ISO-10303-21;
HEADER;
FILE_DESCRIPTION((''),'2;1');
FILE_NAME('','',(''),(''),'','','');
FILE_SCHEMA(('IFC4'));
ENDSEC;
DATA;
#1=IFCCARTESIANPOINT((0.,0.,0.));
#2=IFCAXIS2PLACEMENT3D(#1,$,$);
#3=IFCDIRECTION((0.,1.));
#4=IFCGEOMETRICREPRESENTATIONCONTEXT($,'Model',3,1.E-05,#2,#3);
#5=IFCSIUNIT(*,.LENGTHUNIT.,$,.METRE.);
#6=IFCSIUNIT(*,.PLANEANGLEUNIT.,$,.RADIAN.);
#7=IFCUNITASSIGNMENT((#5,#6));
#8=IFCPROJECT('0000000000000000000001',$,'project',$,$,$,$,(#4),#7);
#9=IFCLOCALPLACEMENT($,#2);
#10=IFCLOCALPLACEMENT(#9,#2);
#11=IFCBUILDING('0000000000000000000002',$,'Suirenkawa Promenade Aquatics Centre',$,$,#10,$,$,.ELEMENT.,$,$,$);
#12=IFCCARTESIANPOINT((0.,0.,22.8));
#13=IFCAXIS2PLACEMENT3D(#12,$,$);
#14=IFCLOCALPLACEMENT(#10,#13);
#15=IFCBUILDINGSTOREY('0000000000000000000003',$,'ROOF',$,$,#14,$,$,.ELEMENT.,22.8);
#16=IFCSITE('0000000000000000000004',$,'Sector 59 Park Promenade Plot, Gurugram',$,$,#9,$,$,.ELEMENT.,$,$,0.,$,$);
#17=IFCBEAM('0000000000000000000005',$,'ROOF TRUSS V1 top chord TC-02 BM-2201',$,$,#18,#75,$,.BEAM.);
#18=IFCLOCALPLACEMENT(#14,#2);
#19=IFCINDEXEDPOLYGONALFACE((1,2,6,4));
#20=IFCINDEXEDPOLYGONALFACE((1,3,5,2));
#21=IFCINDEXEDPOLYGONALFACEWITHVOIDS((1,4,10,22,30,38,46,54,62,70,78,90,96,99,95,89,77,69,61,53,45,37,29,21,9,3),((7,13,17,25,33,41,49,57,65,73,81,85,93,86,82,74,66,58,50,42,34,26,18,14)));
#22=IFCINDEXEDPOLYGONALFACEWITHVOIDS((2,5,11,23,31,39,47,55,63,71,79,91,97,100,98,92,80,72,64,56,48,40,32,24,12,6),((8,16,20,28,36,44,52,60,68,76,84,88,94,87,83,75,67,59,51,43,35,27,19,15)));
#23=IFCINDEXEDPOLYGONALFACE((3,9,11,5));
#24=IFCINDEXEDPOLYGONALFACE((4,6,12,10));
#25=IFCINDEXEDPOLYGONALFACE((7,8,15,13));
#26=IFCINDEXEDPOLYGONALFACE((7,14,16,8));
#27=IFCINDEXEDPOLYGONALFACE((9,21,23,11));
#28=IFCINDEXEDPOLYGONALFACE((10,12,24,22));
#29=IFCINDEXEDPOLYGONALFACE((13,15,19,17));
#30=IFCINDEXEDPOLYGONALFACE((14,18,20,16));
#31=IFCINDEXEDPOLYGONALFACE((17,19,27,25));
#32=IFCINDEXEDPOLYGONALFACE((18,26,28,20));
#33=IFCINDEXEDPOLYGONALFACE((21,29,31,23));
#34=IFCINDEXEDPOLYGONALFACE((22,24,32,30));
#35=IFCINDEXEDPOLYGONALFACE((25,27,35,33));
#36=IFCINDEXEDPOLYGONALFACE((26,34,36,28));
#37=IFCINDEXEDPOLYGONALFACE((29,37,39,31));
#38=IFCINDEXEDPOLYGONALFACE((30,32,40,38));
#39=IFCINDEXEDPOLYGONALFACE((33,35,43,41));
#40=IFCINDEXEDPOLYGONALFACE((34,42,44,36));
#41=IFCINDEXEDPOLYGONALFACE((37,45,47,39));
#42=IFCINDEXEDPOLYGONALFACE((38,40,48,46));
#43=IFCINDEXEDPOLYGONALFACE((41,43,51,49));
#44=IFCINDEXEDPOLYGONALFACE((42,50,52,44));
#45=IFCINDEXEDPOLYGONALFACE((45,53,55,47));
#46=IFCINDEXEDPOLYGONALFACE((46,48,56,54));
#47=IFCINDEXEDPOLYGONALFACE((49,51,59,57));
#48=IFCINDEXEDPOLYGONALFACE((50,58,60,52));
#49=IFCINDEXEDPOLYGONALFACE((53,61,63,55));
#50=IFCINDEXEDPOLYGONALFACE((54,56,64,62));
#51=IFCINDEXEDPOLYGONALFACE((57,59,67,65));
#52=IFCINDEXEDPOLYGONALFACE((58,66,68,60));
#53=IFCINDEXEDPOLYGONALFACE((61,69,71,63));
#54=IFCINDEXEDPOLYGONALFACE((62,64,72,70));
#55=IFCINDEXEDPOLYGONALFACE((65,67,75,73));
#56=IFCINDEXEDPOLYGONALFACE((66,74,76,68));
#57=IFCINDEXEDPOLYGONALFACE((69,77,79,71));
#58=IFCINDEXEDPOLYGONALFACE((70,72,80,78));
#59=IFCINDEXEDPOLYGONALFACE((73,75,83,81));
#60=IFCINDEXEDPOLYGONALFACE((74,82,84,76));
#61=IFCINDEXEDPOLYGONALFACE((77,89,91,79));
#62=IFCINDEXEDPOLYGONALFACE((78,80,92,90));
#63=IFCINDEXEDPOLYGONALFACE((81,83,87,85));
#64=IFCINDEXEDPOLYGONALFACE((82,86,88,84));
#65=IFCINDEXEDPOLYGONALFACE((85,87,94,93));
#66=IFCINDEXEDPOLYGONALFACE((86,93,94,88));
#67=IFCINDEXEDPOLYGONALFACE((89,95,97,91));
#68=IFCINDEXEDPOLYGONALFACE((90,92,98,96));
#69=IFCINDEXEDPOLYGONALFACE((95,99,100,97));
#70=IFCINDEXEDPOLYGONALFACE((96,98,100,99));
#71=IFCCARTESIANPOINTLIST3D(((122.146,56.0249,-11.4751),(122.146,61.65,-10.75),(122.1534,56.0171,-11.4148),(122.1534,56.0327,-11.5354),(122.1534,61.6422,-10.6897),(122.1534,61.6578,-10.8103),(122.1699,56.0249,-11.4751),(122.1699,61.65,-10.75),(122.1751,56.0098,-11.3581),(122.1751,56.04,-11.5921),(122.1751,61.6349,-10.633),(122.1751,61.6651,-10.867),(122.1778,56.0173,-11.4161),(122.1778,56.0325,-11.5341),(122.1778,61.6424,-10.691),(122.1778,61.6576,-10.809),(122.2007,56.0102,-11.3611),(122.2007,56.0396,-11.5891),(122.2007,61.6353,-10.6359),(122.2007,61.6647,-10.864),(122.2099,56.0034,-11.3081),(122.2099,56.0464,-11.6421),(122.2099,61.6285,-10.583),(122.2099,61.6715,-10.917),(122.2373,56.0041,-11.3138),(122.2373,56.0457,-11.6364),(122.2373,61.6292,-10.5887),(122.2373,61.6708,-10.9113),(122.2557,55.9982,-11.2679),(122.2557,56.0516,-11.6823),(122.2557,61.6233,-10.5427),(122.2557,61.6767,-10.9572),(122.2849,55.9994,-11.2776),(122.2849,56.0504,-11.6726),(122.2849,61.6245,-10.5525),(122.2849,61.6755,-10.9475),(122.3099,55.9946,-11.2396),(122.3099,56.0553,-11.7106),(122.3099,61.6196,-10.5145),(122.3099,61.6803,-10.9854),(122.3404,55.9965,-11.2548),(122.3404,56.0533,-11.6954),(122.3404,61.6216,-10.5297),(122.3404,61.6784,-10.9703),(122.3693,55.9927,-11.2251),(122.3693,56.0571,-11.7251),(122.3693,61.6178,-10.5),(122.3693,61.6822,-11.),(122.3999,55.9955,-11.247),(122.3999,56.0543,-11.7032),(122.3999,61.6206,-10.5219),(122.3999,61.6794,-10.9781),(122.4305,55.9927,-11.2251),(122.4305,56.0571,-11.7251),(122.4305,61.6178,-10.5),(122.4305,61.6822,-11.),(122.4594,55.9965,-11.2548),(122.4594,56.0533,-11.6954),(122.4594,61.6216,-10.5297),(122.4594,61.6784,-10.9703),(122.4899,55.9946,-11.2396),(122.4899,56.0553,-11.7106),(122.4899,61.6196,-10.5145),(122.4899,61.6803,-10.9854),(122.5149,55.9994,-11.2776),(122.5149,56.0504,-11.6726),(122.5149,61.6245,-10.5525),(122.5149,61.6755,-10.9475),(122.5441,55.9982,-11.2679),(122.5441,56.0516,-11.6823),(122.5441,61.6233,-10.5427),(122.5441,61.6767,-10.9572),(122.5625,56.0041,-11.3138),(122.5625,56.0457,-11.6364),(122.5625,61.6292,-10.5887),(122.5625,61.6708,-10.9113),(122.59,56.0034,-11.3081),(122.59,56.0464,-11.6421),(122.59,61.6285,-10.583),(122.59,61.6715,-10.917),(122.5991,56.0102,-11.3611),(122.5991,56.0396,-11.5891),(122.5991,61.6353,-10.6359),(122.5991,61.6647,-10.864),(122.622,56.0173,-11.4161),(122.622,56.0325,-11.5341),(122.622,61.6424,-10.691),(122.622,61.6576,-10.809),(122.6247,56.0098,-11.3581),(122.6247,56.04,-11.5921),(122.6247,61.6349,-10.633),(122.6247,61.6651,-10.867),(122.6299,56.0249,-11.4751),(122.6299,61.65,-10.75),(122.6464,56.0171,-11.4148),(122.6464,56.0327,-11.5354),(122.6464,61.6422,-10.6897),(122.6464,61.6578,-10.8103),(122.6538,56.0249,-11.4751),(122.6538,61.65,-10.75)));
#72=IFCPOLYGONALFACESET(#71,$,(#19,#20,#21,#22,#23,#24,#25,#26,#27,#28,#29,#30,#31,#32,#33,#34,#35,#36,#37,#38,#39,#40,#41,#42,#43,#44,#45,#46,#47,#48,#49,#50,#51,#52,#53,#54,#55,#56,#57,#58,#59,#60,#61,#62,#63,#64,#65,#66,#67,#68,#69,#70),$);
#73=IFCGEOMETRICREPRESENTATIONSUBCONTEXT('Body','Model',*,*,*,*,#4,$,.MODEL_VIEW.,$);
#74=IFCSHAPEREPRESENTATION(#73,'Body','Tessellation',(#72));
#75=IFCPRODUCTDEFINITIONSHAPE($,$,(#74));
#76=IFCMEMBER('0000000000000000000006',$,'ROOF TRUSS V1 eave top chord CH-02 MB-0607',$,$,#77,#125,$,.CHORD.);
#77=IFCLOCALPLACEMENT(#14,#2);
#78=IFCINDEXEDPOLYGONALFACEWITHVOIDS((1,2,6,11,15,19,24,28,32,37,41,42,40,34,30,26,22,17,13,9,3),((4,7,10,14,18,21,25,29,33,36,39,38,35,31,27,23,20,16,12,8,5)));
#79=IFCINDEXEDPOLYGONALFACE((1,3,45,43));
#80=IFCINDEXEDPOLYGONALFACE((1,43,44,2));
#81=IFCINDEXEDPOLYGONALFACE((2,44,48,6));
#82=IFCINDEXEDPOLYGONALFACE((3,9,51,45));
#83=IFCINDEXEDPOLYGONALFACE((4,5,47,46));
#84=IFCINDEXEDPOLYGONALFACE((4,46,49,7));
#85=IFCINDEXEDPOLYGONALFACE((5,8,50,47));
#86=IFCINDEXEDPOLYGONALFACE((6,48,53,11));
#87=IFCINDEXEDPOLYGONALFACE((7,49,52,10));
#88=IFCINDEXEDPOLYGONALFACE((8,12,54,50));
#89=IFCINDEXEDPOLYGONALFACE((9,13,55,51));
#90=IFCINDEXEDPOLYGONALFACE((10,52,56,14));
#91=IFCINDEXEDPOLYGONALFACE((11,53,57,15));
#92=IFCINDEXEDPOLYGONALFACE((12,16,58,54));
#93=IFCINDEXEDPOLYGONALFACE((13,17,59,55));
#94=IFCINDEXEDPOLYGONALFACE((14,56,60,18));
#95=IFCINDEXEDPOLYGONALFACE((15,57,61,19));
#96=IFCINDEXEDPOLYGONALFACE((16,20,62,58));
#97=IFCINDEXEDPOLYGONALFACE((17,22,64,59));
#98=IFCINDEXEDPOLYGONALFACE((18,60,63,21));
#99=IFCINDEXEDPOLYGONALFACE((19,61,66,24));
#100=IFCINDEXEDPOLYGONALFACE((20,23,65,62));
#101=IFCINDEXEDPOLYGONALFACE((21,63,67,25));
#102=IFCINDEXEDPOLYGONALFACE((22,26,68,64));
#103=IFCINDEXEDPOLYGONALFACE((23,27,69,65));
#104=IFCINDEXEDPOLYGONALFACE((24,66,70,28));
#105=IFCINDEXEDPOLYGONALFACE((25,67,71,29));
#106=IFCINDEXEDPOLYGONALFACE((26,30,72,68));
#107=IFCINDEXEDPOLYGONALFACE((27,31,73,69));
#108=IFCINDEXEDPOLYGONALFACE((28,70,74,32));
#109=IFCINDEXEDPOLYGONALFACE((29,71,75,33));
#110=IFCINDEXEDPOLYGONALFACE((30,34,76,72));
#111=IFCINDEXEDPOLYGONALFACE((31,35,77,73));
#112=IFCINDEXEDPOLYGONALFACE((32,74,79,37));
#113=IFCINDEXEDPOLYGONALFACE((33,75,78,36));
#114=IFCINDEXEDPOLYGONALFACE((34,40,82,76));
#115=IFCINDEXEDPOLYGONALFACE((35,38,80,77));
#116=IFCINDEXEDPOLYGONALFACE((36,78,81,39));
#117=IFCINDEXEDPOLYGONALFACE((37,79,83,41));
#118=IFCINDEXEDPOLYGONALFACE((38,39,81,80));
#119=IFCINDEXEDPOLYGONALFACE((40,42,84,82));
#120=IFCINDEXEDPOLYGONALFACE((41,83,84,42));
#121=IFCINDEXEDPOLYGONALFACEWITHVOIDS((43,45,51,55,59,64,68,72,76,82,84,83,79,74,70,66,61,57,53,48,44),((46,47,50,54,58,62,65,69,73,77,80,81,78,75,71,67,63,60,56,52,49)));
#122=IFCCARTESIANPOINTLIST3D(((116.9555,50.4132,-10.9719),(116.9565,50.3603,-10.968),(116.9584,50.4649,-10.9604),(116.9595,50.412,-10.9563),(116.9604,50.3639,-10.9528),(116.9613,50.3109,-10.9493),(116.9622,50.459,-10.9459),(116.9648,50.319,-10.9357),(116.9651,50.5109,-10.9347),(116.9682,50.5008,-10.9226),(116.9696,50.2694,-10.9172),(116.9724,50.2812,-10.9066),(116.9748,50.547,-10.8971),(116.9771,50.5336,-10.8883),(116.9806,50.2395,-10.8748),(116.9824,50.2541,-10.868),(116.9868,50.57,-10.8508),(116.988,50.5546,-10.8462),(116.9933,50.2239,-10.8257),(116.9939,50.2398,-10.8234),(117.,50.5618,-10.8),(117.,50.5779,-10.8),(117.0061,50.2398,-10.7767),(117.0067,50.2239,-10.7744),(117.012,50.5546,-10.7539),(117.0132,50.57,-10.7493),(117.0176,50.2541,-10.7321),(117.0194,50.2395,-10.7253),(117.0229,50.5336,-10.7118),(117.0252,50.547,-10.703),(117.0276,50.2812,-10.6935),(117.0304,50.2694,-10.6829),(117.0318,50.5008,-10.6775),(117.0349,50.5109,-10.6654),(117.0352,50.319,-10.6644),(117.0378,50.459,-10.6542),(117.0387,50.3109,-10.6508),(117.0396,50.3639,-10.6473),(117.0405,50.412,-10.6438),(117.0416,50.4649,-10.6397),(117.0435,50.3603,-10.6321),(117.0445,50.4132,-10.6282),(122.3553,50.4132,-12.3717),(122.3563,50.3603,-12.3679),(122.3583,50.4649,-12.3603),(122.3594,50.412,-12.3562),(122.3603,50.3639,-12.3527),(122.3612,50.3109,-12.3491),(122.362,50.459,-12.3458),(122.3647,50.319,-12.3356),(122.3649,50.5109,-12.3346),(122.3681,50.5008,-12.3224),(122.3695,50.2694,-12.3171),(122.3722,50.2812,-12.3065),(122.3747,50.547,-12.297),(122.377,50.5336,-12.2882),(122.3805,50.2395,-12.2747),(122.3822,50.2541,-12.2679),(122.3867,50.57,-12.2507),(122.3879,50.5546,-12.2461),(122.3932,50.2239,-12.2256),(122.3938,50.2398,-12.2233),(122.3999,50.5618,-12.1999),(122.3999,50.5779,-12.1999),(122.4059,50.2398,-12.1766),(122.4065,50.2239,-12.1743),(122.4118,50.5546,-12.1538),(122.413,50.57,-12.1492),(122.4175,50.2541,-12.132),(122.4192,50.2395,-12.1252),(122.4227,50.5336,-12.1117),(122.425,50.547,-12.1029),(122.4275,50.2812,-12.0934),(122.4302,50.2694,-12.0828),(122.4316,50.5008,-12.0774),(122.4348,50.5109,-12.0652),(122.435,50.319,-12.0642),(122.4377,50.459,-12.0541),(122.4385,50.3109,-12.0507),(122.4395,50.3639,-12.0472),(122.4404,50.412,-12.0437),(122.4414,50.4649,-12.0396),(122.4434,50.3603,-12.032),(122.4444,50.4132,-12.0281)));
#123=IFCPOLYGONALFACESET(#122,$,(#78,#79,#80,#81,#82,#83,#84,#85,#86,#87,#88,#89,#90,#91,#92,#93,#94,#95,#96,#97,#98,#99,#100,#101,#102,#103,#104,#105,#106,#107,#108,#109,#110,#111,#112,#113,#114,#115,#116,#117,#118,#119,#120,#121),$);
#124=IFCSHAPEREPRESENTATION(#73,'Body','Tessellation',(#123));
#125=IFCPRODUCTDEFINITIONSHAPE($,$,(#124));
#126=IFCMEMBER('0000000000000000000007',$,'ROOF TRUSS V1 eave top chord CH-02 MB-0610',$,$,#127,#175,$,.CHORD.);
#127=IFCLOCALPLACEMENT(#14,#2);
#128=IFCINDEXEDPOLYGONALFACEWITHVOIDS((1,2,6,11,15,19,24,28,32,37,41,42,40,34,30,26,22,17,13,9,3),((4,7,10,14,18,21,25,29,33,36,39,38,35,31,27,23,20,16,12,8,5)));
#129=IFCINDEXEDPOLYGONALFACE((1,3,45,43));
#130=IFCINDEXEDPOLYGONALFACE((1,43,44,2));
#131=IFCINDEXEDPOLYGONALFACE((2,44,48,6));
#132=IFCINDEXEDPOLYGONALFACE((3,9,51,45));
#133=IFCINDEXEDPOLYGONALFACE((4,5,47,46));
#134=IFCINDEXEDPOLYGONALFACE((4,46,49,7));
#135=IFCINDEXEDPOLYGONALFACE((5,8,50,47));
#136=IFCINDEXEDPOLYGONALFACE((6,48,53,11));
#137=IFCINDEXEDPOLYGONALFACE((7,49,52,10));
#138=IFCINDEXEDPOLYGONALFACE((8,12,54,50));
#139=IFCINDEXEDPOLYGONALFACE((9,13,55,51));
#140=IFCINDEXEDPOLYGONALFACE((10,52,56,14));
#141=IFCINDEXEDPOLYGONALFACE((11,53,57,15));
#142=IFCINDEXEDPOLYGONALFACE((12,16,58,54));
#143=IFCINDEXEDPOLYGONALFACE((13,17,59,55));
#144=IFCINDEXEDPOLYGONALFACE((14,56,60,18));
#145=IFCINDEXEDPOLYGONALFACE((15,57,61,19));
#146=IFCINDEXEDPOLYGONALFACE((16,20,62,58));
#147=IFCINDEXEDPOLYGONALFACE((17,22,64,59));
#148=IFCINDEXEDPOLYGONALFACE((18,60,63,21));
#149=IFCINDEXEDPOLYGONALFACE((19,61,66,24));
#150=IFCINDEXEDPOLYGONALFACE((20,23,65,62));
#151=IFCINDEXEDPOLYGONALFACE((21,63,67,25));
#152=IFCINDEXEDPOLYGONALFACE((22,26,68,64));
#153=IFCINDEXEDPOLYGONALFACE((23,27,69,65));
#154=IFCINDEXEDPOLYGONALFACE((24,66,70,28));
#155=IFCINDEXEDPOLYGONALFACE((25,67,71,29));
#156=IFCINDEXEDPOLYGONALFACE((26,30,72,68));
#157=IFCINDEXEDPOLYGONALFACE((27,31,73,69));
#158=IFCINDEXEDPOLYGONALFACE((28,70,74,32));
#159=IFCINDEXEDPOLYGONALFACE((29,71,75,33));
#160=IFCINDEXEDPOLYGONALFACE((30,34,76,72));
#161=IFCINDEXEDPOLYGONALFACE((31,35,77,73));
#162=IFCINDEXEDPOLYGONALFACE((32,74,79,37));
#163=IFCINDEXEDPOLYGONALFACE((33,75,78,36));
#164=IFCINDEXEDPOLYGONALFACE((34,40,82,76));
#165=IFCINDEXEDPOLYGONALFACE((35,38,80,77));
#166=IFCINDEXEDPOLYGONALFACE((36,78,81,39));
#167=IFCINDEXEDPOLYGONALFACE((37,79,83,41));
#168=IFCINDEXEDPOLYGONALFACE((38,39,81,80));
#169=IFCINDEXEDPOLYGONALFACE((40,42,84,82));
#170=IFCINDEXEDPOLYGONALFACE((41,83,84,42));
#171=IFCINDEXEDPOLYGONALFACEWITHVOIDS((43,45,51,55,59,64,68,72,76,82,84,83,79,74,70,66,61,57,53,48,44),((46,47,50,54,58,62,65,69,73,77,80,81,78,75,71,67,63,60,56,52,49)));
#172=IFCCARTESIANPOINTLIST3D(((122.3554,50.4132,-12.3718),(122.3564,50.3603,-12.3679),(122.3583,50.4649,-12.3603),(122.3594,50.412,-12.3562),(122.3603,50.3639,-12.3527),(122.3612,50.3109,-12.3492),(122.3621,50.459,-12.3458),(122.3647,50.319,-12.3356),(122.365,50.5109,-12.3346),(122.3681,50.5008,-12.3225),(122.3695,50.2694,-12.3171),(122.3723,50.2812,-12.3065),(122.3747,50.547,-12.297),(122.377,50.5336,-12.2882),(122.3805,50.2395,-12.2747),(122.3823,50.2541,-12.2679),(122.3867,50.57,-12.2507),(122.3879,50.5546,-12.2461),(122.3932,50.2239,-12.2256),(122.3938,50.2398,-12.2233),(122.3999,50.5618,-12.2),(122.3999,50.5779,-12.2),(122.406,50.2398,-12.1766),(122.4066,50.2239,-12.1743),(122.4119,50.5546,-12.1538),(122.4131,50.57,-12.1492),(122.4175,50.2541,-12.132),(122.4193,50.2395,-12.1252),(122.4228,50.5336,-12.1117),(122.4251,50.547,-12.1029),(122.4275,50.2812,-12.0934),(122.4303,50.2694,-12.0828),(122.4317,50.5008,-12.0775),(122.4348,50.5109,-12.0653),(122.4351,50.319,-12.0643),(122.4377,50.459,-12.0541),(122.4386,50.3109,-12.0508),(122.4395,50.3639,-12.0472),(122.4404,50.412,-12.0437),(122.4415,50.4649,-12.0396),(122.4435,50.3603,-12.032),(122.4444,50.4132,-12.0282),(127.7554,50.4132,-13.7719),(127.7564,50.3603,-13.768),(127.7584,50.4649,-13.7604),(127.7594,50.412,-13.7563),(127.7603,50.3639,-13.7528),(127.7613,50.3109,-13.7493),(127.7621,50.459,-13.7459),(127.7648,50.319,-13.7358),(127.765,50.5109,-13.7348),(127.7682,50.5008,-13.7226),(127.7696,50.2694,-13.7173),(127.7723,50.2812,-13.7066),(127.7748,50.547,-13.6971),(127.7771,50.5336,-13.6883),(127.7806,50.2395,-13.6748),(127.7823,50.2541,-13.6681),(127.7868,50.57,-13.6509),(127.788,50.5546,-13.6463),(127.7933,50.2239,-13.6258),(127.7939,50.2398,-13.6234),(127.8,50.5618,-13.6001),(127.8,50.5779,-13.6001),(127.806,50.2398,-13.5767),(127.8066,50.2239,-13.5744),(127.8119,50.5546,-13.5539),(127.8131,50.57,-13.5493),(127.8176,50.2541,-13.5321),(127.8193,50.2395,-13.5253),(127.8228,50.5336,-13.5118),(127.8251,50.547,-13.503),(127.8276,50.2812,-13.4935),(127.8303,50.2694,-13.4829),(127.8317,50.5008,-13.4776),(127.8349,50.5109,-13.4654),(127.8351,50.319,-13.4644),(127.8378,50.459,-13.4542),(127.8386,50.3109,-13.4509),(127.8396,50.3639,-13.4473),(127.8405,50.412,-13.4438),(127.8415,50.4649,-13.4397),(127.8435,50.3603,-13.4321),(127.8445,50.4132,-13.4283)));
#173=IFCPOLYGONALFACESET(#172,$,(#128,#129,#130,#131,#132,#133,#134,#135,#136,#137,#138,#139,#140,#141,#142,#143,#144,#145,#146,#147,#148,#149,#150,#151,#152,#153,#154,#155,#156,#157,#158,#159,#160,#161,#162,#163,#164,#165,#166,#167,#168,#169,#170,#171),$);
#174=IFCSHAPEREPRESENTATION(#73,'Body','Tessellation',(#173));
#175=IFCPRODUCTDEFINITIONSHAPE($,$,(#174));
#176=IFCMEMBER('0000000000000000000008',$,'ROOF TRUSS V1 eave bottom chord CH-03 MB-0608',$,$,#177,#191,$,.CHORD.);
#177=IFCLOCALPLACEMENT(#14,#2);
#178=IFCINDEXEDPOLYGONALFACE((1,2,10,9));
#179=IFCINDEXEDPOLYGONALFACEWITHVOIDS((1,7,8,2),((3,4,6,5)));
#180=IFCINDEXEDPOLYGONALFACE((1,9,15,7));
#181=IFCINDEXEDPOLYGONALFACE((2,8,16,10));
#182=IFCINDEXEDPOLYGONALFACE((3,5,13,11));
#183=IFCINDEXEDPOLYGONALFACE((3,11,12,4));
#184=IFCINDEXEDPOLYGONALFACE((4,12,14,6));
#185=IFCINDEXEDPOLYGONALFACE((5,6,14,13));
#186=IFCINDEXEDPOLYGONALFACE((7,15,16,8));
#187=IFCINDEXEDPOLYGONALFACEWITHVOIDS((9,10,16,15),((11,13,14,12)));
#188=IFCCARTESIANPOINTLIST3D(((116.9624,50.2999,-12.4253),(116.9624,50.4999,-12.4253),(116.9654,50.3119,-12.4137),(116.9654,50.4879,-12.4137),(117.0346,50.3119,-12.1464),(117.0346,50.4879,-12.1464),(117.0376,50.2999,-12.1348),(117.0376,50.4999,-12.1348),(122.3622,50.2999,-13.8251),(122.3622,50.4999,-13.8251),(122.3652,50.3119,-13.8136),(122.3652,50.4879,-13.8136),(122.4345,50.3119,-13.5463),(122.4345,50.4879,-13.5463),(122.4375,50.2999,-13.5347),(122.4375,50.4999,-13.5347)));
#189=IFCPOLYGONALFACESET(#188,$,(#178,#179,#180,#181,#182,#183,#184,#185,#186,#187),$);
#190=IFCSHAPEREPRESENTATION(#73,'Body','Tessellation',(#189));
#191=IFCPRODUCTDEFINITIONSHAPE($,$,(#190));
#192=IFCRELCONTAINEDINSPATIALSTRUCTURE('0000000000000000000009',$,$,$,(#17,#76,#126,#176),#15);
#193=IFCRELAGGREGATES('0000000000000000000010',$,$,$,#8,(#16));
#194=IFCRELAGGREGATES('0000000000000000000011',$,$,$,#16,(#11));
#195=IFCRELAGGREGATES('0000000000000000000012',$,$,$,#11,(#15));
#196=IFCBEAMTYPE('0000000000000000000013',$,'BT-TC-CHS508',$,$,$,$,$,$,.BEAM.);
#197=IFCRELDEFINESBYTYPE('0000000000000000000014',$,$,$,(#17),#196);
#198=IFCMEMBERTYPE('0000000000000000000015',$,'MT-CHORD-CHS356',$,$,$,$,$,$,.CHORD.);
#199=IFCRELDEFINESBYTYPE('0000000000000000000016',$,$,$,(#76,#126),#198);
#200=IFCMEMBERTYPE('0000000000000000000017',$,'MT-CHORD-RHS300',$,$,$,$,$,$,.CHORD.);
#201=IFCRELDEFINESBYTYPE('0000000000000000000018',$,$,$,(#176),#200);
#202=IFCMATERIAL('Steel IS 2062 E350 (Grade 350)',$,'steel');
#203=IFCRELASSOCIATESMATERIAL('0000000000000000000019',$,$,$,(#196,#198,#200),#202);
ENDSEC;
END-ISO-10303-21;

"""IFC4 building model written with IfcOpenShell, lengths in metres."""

from ifc_helpers import new_model, si_unit, direction, frame, origin, origin_2d, place, context, subcontext, project, spatial, hollow_rectangle, hollow_circle, extrude, material, material_profile, profile_set, type_object, element, save


model = new_model("IFC4")

# Units and contexts
model_context = context("Model", 3, precision=1e-05, world=origin(), true_north=direction((0.0, 1.0)))
body_context = subcontext(model_context, "Body", "Model", "MODEL_VIEW")
ifc_project = project(units=[si_unit("LENGTHUNIT", "METRE"), si_unit("PLANEANGLEUNIT", "RADIAN")], contexts=[model_context])

# Site, building, storey
site_placement = place(None, origin())
site = spatial("IfcSite", under=ifc_project, at=site_placement, Name="Sector 59 Park Promenade Plot, Gurugram", CompositionType="ELEMENT", RefElevation=0.0)
building_placement = place(site_placement, origin())
building = spatial("IfcBuilding", under=site, at=building_placement, Name="Suirenkawa Promenade Aquatics Centre", CompositionType="ELEMENT")
storey_placement = place(building_placement, frame((0.0, 0.0, 22.8)))
storey = spatial("IfcBuildingStorey", under=building, at=storey_placement, Name="ROOF", CompositionType="ELEMENT", Elevation=22.8)

# Beam
ifc_material_1 = material(Name="Steel IS 2062 E350 (Grade 350)", Category="steel")
ifc_material_profile_1 = material_profile(ifc_material_1, hollow_circle(Radius=0.2539, WallThickness=0.0239, at=origin_2d()), Name="CHS 508x24", Category="steel")
ifc_profile_set_1 = profile_set([ifc_material_profile_1], Name="Steel IS 2062 E350 (Grade 350)")
beam_type_1 = type_object("IfcBeamType", Name="BT-TC-CHS508", PredefinedType="BEAM", material=ifc_profile_set_1)
for number, where, z_axis, x_axis, name in (
    (1, (122.3999, 56.0249, -11.4751), (0.0, 0.991794, 0.127848), (-1.0, 0.0, 0.0), "ROOF TRUSS V1 top chord TC-02 BM-2201"),
):
    element("IfcBeam", number, at=place(storey_placement, frame(where, z_axis=z_axis, x_axis=x_axis)), inside=storey, type_object=beam_type_1, Name=name, PredefinedType="BEAM", context=body_context, shape_type="SweptSolid", body=[
        extrude(hollow_circle(Radius=0.2539, WallThickness=0.0239, at=origin_2d()), origin(), (0.0, 0.0, 1.0), 5.6716),
    ])

# Members
ifc_material_profile_2 = material_profile(ifc_material_1, hollow_circle(Radius=0.178, WallThickness=0.0161, at=origin_2d()), Name="CHS 356x16", Category="steel")
ifc_profile_set_2 = profile_set([ifc_material_profile_2], Name="Steel IS 2062 E350 (Grade 350)")
member_type_1 = type_object("IfcMemberType", Name="MT-CHORD-CHS356", PredefinedType="CHORD", material=ifc_profile_set_2)
member_1_placement = place(storey_placement, frame((117.0, 50.3999, -10.8), z_axis=(0.968, 0.0, -0.25095), x_axis=(0.0, 1.0, 0.0)))
element("IfcMember", 2, at=member_1_placement, inside=storey, type_object=member_type_1, Name="ROOF TRUSS V1 eave top chord CH-02 MB-0607", PredefinedType="CHORD", context=body_context, shape_type="SweptSolid", body=[
    extrude(hollow_circle(Radius=0.178, WallThickness=0.0161, at=origin_2d()), origin(), (0.0, 0.0, 1.0), 5.5784),
])
member_2_placement = place(storey_placement, frame((122.3999, 50.3999, -12.2), z_axis=(0.967992, 0.0, -0.25098), x_axis=(0.0, 1.0, 0.0)))
element("IfcMember", 3, at=member_2_placement, inside=storey, type_object=member_type_1, Name="ROOF TRUSS V1 eave top chord CH-02 MB-0610", PredefinedType="CHORD", context=body_context, shape_type="SweptSolid", body=[
    extrude(hollow_circle(Radius=0.178, WallThickness=0.0161, at=origin_2d()), origin(), (0.0, 0.0, 1.0), 5.5786),
])
ifc_material_profile_3 = material_profile(ifc_material_1, hollow_rectangle(XDim=0.2, YDim=0.3, WallThickness=0.012, at=origin_2d()), Name="RHS 300x200x12", Category="steel")
ifc_profile_set_3 = profile_set([ifc_material_profile_3], Name="Steel IS 2062 E350 (Grade 350)")
member_type_2 = type_object("IfcMemberType", Name="MT-CHORD-RHS300", PredefinedType="CHORD", material=ifc_profile_set_3)
member_3_placement = place(storey_placement, frame((117.0, 50.3999, -12.28), z_axis=(0.968, 0.0, -0.25095), x_axis=(0.0, 1.0, 0.0)))
element("IfcMember", 4, at=member_3_placement, inside=storey, type_object=member_type_2, Name="ROOF TRUSS V1 eave bottom chord CH-03 MB-0608", PredefinedType="CHORD", context=body_context, shape_type="SweptSolid", body=[
    extrude(hollow_rectangle(XDim=0.2, YDim=0.3, WallThickness=0.012, at=origin_2d()), origin(), (0.0, 0.0, 1.0), 5.5784),
])

save(model, "model.ifc")
